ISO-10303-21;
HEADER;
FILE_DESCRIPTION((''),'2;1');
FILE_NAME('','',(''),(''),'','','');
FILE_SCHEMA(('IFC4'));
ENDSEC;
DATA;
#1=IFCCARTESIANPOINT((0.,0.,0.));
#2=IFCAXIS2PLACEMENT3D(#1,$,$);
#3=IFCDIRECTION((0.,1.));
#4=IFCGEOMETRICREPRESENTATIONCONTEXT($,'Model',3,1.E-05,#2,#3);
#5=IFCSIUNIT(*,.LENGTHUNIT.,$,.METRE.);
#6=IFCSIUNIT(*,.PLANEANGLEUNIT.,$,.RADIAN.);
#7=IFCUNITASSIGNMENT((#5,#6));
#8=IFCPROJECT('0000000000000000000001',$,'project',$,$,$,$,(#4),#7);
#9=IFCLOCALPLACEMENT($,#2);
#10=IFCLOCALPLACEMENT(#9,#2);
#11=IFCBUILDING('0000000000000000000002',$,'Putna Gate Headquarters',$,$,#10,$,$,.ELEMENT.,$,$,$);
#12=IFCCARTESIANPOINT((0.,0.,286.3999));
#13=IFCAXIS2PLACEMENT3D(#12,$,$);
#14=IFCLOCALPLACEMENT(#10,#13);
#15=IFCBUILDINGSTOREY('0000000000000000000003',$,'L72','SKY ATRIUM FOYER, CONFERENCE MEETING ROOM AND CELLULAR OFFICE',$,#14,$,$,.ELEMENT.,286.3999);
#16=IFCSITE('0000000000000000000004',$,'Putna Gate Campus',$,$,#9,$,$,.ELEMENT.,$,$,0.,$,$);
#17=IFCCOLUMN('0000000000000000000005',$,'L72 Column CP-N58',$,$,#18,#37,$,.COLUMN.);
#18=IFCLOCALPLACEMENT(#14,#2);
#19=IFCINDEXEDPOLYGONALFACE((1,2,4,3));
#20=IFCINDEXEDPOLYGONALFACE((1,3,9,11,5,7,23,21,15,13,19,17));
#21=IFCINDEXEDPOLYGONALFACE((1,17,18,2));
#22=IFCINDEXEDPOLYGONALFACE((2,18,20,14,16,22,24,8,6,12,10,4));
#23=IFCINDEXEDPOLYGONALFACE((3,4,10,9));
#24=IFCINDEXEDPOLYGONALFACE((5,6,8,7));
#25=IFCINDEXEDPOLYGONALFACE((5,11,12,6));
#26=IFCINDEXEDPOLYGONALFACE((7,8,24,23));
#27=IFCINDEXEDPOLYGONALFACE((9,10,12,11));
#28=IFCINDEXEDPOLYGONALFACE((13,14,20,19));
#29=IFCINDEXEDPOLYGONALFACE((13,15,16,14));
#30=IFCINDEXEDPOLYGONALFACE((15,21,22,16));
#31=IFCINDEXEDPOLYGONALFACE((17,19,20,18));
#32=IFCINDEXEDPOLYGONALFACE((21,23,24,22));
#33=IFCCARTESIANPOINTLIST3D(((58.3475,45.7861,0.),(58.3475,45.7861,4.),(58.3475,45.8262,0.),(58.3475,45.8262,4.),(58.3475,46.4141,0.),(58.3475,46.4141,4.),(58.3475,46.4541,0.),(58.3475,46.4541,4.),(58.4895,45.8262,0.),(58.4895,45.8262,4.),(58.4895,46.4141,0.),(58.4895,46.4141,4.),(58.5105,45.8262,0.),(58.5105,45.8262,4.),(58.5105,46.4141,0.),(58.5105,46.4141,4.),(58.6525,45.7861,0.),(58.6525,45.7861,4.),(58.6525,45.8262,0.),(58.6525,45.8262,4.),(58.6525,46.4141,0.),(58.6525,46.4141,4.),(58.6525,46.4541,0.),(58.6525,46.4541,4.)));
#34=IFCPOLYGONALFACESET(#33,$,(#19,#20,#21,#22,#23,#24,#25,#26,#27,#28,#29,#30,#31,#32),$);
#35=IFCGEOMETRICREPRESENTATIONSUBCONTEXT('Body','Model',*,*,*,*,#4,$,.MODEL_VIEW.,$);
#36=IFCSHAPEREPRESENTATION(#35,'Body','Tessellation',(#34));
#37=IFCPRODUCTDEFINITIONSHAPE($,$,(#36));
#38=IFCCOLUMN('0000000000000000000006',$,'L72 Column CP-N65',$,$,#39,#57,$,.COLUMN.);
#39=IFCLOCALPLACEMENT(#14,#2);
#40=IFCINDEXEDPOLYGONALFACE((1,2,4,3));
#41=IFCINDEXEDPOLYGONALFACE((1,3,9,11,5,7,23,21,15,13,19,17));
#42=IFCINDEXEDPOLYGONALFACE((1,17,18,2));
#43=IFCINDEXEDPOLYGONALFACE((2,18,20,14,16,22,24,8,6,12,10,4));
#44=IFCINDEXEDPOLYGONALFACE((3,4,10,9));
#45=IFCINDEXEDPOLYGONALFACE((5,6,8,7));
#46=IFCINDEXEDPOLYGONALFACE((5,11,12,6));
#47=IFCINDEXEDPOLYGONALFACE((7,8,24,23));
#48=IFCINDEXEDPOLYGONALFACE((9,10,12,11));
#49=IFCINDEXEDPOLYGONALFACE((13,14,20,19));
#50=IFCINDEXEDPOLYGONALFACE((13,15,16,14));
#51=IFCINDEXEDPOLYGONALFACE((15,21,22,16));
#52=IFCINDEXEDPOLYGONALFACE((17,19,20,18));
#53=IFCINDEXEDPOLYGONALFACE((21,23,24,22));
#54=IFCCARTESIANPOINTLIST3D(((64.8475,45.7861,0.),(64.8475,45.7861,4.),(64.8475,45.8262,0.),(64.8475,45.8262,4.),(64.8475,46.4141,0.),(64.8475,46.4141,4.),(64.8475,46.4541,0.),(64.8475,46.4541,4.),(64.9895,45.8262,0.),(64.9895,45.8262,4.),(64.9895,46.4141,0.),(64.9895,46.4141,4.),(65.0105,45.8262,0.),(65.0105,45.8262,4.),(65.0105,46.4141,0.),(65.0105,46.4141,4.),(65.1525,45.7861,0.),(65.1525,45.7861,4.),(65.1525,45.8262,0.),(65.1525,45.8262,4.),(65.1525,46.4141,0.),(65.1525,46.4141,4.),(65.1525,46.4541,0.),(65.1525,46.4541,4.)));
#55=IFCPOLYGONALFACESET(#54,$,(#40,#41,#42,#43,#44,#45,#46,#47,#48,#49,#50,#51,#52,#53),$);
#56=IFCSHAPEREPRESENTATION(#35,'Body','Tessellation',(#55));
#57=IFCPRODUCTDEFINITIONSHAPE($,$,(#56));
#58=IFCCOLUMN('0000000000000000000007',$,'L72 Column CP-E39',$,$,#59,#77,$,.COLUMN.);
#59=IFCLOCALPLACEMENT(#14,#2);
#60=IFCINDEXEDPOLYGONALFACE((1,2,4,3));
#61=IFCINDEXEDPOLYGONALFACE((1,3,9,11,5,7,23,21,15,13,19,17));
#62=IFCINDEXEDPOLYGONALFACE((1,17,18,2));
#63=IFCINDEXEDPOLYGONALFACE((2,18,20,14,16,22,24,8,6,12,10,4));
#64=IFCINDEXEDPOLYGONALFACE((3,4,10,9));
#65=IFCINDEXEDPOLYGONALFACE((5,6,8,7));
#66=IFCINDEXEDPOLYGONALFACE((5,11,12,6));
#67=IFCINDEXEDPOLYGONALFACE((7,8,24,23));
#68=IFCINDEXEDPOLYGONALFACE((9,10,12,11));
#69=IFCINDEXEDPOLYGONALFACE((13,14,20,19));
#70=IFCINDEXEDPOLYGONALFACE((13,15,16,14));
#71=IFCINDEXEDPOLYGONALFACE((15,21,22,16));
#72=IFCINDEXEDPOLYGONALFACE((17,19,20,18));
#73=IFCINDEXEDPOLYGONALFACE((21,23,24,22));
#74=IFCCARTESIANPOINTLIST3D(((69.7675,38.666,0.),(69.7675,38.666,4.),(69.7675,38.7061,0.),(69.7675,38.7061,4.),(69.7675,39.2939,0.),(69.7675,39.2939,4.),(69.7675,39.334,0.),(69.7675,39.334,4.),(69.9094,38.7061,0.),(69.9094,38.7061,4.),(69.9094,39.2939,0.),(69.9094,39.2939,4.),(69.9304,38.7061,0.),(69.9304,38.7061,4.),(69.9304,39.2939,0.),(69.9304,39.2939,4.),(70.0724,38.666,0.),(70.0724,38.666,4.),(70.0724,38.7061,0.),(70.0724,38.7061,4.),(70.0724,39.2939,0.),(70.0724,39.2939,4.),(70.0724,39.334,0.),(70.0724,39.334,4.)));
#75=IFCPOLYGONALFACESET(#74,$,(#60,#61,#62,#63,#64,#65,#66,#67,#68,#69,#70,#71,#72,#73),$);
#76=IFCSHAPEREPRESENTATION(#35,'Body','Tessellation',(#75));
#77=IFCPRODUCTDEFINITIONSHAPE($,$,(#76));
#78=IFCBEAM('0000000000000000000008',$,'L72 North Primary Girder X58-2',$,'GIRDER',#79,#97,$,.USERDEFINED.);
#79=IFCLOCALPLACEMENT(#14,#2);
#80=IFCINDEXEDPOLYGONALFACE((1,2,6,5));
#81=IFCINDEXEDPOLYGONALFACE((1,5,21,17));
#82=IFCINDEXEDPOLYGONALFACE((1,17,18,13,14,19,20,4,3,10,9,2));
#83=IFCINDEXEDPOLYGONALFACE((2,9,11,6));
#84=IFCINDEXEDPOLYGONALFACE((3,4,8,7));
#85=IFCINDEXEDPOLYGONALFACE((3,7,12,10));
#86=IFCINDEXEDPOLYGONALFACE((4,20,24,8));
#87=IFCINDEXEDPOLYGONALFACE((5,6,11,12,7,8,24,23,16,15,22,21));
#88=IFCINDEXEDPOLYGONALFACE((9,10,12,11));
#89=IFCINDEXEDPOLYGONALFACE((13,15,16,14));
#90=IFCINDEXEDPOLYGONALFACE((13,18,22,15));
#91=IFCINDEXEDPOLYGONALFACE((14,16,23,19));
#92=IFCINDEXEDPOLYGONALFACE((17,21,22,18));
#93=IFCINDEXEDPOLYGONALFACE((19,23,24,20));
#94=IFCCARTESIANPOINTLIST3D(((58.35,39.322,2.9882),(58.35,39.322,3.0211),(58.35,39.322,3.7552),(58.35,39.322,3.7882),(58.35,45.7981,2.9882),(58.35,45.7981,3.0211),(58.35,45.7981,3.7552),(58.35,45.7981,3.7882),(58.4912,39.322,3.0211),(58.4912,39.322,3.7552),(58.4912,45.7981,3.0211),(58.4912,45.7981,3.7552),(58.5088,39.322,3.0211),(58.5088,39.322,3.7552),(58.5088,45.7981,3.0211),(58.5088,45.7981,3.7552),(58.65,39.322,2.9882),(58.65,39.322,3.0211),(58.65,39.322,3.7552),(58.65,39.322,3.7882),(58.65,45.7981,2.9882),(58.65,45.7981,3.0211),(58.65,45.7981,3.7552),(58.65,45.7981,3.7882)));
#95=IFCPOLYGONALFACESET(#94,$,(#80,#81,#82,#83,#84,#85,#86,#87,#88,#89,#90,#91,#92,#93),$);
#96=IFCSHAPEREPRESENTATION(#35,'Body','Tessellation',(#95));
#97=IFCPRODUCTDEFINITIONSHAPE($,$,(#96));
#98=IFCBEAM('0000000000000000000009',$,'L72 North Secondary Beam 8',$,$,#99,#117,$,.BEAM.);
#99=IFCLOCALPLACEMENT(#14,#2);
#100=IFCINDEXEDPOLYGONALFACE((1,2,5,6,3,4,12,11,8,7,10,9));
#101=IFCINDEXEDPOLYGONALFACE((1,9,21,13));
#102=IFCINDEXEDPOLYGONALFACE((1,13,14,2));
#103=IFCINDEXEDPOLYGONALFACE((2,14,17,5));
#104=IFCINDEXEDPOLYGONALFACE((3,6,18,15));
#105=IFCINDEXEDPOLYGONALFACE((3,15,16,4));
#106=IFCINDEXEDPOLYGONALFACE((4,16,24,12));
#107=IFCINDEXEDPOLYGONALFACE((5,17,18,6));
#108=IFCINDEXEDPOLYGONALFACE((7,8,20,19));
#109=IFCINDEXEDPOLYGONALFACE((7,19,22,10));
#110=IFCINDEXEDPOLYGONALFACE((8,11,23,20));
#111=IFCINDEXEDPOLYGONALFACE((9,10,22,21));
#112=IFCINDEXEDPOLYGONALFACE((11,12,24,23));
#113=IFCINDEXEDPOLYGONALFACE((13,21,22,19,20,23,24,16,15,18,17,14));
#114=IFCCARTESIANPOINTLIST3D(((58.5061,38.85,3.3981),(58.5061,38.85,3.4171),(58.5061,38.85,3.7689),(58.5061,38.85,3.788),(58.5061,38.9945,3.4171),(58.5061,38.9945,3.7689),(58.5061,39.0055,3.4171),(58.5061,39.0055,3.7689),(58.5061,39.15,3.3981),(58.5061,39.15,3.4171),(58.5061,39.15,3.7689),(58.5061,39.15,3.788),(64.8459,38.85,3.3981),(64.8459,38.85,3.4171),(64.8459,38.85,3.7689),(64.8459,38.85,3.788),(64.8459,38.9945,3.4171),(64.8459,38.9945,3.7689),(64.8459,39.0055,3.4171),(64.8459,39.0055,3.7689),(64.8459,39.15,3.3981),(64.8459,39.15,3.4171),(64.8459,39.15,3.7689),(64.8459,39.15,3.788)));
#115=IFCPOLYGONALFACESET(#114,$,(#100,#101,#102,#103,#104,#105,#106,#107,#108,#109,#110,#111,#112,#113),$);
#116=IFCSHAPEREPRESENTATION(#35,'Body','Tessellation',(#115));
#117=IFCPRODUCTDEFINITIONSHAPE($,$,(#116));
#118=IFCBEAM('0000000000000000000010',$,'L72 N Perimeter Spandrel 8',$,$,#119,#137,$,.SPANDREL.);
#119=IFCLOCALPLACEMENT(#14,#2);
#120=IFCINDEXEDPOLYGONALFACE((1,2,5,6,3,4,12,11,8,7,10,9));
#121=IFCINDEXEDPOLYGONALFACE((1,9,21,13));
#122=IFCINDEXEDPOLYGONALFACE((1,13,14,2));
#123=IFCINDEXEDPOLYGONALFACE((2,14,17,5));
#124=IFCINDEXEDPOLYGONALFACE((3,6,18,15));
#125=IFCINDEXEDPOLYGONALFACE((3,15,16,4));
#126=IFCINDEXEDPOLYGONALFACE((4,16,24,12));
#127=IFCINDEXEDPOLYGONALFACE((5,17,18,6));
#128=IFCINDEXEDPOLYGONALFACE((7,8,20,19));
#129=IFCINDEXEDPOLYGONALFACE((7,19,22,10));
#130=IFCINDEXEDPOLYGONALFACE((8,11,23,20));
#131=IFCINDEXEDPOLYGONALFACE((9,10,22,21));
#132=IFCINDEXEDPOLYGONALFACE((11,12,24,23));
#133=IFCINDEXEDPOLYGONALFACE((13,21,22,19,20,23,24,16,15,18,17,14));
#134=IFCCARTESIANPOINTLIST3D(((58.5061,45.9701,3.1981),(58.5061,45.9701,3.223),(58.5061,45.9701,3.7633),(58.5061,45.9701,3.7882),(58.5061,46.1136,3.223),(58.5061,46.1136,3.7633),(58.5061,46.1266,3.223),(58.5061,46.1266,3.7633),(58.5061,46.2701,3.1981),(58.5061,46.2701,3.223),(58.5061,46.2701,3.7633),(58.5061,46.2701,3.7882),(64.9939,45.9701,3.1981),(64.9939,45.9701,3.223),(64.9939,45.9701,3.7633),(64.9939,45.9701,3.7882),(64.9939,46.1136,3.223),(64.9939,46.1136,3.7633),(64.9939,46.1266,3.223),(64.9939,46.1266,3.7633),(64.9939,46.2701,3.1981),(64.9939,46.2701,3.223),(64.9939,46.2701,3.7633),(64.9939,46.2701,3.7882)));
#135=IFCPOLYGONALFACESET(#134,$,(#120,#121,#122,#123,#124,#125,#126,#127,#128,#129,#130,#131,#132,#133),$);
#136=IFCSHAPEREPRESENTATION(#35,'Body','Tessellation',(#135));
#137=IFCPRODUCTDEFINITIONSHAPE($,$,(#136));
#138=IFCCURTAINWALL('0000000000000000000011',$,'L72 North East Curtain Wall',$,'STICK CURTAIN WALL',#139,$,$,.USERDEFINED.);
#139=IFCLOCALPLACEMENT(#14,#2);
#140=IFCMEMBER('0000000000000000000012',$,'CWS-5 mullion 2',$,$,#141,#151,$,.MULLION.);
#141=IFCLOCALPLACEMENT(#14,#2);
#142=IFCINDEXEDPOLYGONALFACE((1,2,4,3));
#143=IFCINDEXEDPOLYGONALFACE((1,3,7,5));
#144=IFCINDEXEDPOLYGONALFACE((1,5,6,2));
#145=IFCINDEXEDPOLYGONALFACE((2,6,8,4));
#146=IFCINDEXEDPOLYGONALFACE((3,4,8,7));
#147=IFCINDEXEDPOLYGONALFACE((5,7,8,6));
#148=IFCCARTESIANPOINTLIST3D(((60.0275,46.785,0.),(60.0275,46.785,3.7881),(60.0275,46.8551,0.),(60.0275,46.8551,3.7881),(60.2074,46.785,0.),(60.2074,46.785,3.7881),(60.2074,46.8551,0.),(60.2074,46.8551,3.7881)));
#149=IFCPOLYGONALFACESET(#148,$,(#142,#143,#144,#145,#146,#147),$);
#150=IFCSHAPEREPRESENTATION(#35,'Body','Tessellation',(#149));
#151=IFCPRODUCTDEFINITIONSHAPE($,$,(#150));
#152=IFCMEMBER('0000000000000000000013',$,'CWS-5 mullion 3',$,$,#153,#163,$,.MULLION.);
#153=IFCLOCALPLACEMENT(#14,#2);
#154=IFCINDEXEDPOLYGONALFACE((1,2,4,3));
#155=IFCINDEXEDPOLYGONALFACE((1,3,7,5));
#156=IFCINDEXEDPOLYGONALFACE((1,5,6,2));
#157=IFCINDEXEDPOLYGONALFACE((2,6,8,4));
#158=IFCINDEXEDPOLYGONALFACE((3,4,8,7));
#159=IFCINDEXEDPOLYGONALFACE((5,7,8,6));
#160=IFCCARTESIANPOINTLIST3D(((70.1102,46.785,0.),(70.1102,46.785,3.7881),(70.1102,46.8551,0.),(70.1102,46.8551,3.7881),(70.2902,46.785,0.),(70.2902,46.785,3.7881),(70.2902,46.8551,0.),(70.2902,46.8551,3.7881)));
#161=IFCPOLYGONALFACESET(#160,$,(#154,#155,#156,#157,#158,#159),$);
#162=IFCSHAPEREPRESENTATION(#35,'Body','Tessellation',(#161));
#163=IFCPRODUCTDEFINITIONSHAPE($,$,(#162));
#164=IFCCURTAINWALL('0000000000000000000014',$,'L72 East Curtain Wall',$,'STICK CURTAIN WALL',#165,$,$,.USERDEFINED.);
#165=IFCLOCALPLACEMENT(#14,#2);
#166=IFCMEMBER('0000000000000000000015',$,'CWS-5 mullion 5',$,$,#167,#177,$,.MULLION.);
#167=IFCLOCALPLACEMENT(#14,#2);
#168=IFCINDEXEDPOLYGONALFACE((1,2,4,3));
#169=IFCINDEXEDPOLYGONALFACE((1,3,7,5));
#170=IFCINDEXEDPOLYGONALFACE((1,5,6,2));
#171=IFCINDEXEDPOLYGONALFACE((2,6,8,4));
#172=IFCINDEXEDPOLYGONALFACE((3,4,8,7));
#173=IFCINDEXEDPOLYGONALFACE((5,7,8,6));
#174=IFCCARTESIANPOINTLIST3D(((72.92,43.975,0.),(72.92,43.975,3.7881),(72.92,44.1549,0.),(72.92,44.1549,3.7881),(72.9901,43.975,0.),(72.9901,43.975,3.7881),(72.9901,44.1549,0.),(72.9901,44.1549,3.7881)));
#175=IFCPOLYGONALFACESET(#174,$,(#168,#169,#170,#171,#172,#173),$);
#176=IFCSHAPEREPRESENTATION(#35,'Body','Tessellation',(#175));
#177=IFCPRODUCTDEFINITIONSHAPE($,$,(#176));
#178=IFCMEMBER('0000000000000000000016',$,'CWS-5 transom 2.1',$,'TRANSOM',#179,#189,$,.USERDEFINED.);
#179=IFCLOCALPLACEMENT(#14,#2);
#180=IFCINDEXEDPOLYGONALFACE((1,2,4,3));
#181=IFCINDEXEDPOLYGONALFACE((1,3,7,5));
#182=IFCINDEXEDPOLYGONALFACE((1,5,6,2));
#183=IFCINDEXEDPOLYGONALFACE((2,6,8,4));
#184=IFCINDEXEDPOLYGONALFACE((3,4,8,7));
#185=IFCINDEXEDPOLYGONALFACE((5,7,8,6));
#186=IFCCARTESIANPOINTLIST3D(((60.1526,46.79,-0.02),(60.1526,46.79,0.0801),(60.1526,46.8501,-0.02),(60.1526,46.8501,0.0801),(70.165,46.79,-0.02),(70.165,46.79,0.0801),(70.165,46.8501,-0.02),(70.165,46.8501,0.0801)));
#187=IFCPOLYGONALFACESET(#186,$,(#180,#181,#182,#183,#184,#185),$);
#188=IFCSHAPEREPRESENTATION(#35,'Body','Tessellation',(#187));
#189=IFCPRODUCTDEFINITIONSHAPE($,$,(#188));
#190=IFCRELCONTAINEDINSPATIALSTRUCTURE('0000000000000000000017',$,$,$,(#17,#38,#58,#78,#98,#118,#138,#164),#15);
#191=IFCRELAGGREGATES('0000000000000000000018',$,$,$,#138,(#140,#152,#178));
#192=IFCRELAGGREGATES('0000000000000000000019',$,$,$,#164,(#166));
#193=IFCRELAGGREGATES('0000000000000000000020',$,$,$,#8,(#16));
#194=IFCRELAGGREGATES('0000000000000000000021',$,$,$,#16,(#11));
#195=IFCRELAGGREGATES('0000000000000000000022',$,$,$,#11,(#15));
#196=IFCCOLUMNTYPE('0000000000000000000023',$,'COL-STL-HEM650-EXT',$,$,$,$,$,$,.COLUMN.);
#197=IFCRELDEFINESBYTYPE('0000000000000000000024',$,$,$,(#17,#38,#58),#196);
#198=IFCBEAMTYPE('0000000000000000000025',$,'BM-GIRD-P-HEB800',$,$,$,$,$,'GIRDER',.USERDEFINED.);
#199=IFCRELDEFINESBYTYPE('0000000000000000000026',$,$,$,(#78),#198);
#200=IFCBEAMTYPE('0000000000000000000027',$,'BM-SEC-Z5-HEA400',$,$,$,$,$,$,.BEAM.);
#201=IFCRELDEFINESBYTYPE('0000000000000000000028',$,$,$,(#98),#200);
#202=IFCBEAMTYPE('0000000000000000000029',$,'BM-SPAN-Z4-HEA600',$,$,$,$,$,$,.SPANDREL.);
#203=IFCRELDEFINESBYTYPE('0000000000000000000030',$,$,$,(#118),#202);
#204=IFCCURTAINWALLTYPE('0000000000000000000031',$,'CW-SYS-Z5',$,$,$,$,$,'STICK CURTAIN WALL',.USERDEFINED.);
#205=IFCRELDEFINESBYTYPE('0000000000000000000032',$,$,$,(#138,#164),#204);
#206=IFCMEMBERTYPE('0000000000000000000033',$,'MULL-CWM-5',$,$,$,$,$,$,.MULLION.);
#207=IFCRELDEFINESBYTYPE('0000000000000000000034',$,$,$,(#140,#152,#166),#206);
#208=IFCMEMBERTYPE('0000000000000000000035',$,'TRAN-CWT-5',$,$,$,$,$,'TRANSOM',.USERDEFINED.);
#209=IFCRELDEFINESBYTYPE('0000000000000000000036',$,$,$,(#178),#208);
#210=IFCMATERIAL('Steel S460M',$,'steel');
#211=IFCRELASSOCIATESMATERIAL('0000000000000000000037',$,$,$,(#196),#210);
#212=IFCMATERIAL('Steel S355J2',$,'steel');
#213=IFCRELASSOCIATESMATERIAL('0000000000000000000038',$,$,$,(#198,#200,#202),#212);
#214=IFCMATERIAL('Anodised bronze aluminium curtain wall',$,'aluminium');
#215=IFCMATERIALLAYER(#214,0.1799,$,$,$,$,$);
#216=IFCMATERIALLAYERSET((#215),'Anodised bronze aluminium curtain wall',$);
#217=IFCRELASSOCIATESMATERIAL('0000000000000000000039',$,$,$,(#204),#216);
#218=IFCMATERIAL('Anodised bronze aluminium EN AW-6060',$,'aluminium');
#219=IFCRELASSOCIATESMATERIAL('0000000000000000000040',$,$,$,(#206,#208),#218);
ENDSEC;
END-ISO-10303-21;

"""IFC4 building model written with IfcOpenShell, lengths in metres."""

from ifc_helpers import new_model, si_unit, direction, frame, origin, origin_2d, place, context, subcontext, project, spatial, rectangle, i_section, extrude, material, layer, layer_set, material_profile, profile_set, type_object, element, aggregate, save


model = new_model("IFC4")

# Units and contexts
model_context = context("Model", 3, precision=1e-05, world=origin(), true_north=direction((0.0, 1.0)))
body_context = subcontext(model_context, "Body", "Model", "MODEL_VIEW")
ifc_project = project(units=[si_unit("LENGTHUNIT", "METRE"), si_unit("PLANEANGLEUNIT", "RADIAN")], contexts=[model_context])

# Site, building, storey
site_placement = place(None, origin())
site = spatial("IfcSite", under=ifc_project, at=site_placement, Name="Putna Gate Campus", CompositionType="ELEMENT", RefElevation=0.0)
building_placement = place(site_placement, origin())
building = spatial("IfcBuilding", under=site, at=building_placement, Name="Putna Gate Headquarters", CompositionType="ELEMENT")
storey_placement = place(building_placement, frame((0.0, 0.0, 286.3999)))
storey = spatial("IfcBuildingStorey", under=building, at=storey_placement, Name="L72", Description="SKY ATRIUM FOYER, CONFERENCE MEETING ROOM AND CELLULAR OFFICE", CompositionType="ELEMENT", Elevation=286.3999)

# Columns
ifc_material_1 = material(Name="Steel S460M", Category="steel")
ifc_material_profile_1 = material_profile(ifc_material_1, i_section(OverallWidth=0.3049, OverallDepth=0.668, WebThickness=0.021, FlangeThickness=0.04, at=origin_2d()), Name="Steel S460M")
ifc_profile_set_1 = profile_set([ifc_material_profile_1], Name="Steel S460M")
column_type = type_object("IfcColumnType", Name="COL-STL-HEM650-EXT", PredefinedType="COLUMN", material=ifc_profile_set_1)
for number, where, z_axis, x_axis, name in (
    (1, (58.5, 46.1201, 0.0), (0.0, 0.0, 1.0), (1.0, 0.0, 0.0), "L72 Column CP-N58"),
    (2, (65.0, 46.1201, 0.0), (0.0, 0.0, 1.0), (1.0, 0.0, 0.0), "L72 Column CP-N65"),
    (3, (69.9199, 39.0, 0.0), (0.0, 0.0, 1.0), (1.0, 0.0, 0.0), "L72 Column CP-E39"),
):
    element("IfcColumn", number, at=place(storey_placement, frame(where, z_axis=z_axis, x_axis=x_axis)), inside=storey, type_object=column_type, Name=name, PredefinedType="COLUMN", context=body_context, shape_type="SweptSolid", body=[
        extrude(i_section(OverallWidth=0.3049, OverallDepth=0.668, WebThickness=0.021, FlangeThickness=0.04, at=origin_2d()), origin(), (0.0, 0.0, 1.0), 4.0),
    ])

# Beams
ifc_material_2 = material(Name="Steel S355J2", Category="steel")
ifc_material_profile_2 = material_profile(ifc_material_2, i_section(OverallWidth=0.3, OverallDepth=0.8, WebThickness=0.0176, FlangeThickness=0.033, at=origin_2d()), Name="Steel S355J2")
ifc_profile_set_2 = profile_set([ifc_material_profile_2], Name="Steel S355J2")
beam_type_1 = type_object("IfcBeamType", Name="BM-GIRD-P-HEB800", ElementType="GIRDER", PredefinedType="USERDEFINED", material=ifc_profile_set_2)
beam_1_placement = place(storey_placement, frame((58.5, 39.322, 3.3882), z_axis=(0.0, 1.0, 0.0), x_axis=(-1.0, 0.0, 0.0)))
element("IfcBeam", 4, at=beam_1_placement, inside=storey, type_object=beam_type_1, Name="L72 North Primary Girder X58-2", ObjectType="GIRDER", PredefinedType="USERDEFINED", context=body_context, shape_type="SweptSolid", body=[
    extrude(i_section(OverallWidth=0.3, OverallDepth=0.8, WebThickness=0.0176, FlangeThickness=0.033, at=origin_2d()), origin(), (0.0, 0.0, 1.0), 6.4761),
])
ifc_material_profile_3 = material_profile(ifc_material_2, i_section(OverallWidth=0.3, OverallDepth=0.3899, WebThickness=0.011, FlangeThickness=0.019, at=origin_2d()), Name="Steel S355J2")
ifc_profile_set_3 = profile_set([ifc_material_profile_3], Name="Steel S355J2")
beam_type_2 = type_object("IfcBeamType", Name="BM-SEC-Z5-HEA400", PredefinedType="BEAM", material=ifc_profile_set_3)
beam_2_placement = place(storey_placement, frame((58.5061, 39.0, 3.593), z_axis=(1.0, 0.0, 0.0), x_axis=(0.0, 1.0, 0.0)))
element("IfcBeam", 5, at=beam_2_placement, inside=storey, type_object=beam_type_2, Name="L72 North Secondary Beam 8", PredefinedType="BEAM", context=body_context, shape_type="SweptSolid", body=[
    extrude(i_section(OverallWidth=0.3, OverallDepth=0.3899, WebThickness=0.011, FlangeThickness=0.019, at=origin_2d()), origin(), (0.0, 0.0, 1.0), 6.3398),
])
ifc_material_profile_4 = material_profile(ifc_material_2, i_section(OverallWidth=0.3, OverallDepth=0.5901, WebThickness=0.0129, FlangeThickness=0.0249, at=origin_2d()), Name="Steel S355J2")
ifc_profile_set_4 = profile_set([ifc_material_profile_4], Name="Steel S355J2")
beam_type_3 = type_object("IfcBeamType", Name="BM-SPAN-Z4-HEA600", PredefinedType="SPANDREL", material=ifc_profile_set_4)
beam_3_placement = place(storey_placement, frame((58.5061, 46.1201, 3.4932), z_axis=(1.0, 0.0, 0.0), x_axis=(0.0, 1.0, 0.0)))
element("IfcBeam", 6, at=beam_3_placement, inside=storey, type_object=beam_type_3, Name="L72 N Perimeter Spandrel 8", PredefinedType="SPANDREL", context=body_context, shape_type="SweptSolid", body=[
    extrude(i_section(OverallWidth=0.3, OverallDepth=0.5901, WebThickness=0.0129, FlangeThickness=0.0249, at=origin_2d()), origin(), (0.0, 0.0, 1.0), 6.4878),
])

# Curtain wall, members
ifc_material_3 = material(Name="Anodised bronze aluminium curtain wall", Category="aluminium")
ifc_layer_1 = layer(ifc_material_3, 0.1799)
ifc_layer_set_1 = layer_set([ifc_layer_1], Name="Anodised bronze aluminium curtain wall")
curtain_wall_type = type_object("IfcCurtainWallType", Name="CW-SYS-Z5", ElementType="STICK CURTAIN WALL", PredefinedType="USERDEFINED", material=ifc_layer_set_1)
curtain_wall_1_placement = place(storey_placement, origin())
curtain_wall_1 = element("IfcCurtainWall", 7, at=curtain_wall_1_placement, inside=storey, type_object=curtain_wall_type, Name="L72 North East Curtain Wall", ObjectType="STICK CURTAIN WALL", PredefinedType="USERDEFINED")
ifc_material_4 = material(Name="Anodised bronze aluminium EN AW-6060", Category="aluminium")
ifc_material_profile_5 = material_profile(ifc_material_4, rectangle(XDim=0.0701, YDim=0.1799, at=origin_2d()), Name="Anodised bronze aluminium EN AW-6060")
ifc_profile_set_5 = profile_set([ifc_material_profile_5], Name="Anodised bronze aluminium EN AW-6060")
member_type_1 = type_object("IfcMemberType", Name="MULL-CWM-5", PredefinedType="MULLION", material=ifc_profile_set_5)
member_1_placement = place(storey_placement, frame((60.1174, 46.8201, 0.0), z_axis=(0.0, 0.0, 1.0), x_axis=(0.0, 1.0, 0.0)))
member_1 = element("IfcMember", 8, at=member_1_placement, type_object=member_type_1, Name="CWS-5 mullion 2", PredefinedType="MULLION", context=body_context, shape_type="SweptSolid", body=[
    extrude(rectangle(XDim=0.0701, YDim=0.1799, at=origin_2d()), origin(), (0.0, 0.0, 1.0), 3.7881),
])
member_2_placement = place(storey_placement, frame((70.2002, 46.8201, 0.0), z_axis=(0.0, 0.0, 1.0), x_axis=(0.0, 1.0, 0.0)))
member_2 = element("IfcMember", 9, at=member_2_placement, type_object=member_type_1, Name="CWS-5 mullion 3", PredefinedType="MULLION", context=body_context, shape_type="SweptSolid", body=[
    extrude(rectangle(XDim=0.0701, YDim=0.1799, at=origin_2d()), origin(), (0.0, 0.0, 1.0), 3.7881),
])

# Curtain wall, member
curtain_wall_2_placement = place(storey_placement, origin())
curtain_wall_2 = element("IfcCurtainWall", 10, at=curtain_wall_2_placement, inside=storey, type_object=curtain_wall_type, Name="L72 East Curtain Wall", ObjectType="STICK CURTAIN WALL", PredefinedType="USERDEFINED")
member_3_placement = place(storey_placement, frame((72.9551, 44.0649, 0.0), z_axis=(0.0, 0.0, 1.0), x_axis=(-1.0, 0.0, 0.0)))
member_3 = element("IfcMember", 11, at=member_3_placement, type_object=member_type_1, Name="CWS-5 mullion 5", PredefinedType="MULLION", context=body_context, shape_type="SweptSolid", body=[
    extrude(rectangle(XDim=0.0701, YDim=0.1799, at=origin_2d()), origin(), (0.0, 0.0, 1.0), 3.7881),
])

# Member
ifc_material_profile_6 = material_profile(ifc_material_4, rectangle(XDim=0.0601, YDim=0.1001, at=origin_2d()), Name="Anodised bronze aluminium EN AW-6060")
ifc_profile_set_6 = profile_set([ifc_material_profile_6], Name="Anodised bronze aluminium EN AW-6060")
member_type_2 = type_object("IfcMemberType", Name="TRAN-CWT-5", ElementType="TRANSOM", PredefinedType="USERDEFINED", material=ifc_profile_set_6)
member_4_placement = place(storey_placement, frame((60.1526, 46.8201, 0.03), z_axis=(1.0, 0.0, 0.0), x_axis=(0.0, 1.0, 0.0)))
member_4 = element("IfcMember", 12, at=member_4_placement, type_object=member_type_2, Name="CWS-5 transom 2.1", ObjectType="TRANSOM", PredefinedType="USERDEFINED", context=body_context, shape_type="SweptSolid", body=[
    extrude(rectangle(XDim=0.0601, YDim=0.1001, at=origin_2d()), origin(), (0.0, 0.0, 1.0), 10.0125),
])

aggregate(curtain_wall_1, [member_1, member_2, member_4])
aggregate(curtain_wall_2, [member_3])

save(model, "model.ifc")
